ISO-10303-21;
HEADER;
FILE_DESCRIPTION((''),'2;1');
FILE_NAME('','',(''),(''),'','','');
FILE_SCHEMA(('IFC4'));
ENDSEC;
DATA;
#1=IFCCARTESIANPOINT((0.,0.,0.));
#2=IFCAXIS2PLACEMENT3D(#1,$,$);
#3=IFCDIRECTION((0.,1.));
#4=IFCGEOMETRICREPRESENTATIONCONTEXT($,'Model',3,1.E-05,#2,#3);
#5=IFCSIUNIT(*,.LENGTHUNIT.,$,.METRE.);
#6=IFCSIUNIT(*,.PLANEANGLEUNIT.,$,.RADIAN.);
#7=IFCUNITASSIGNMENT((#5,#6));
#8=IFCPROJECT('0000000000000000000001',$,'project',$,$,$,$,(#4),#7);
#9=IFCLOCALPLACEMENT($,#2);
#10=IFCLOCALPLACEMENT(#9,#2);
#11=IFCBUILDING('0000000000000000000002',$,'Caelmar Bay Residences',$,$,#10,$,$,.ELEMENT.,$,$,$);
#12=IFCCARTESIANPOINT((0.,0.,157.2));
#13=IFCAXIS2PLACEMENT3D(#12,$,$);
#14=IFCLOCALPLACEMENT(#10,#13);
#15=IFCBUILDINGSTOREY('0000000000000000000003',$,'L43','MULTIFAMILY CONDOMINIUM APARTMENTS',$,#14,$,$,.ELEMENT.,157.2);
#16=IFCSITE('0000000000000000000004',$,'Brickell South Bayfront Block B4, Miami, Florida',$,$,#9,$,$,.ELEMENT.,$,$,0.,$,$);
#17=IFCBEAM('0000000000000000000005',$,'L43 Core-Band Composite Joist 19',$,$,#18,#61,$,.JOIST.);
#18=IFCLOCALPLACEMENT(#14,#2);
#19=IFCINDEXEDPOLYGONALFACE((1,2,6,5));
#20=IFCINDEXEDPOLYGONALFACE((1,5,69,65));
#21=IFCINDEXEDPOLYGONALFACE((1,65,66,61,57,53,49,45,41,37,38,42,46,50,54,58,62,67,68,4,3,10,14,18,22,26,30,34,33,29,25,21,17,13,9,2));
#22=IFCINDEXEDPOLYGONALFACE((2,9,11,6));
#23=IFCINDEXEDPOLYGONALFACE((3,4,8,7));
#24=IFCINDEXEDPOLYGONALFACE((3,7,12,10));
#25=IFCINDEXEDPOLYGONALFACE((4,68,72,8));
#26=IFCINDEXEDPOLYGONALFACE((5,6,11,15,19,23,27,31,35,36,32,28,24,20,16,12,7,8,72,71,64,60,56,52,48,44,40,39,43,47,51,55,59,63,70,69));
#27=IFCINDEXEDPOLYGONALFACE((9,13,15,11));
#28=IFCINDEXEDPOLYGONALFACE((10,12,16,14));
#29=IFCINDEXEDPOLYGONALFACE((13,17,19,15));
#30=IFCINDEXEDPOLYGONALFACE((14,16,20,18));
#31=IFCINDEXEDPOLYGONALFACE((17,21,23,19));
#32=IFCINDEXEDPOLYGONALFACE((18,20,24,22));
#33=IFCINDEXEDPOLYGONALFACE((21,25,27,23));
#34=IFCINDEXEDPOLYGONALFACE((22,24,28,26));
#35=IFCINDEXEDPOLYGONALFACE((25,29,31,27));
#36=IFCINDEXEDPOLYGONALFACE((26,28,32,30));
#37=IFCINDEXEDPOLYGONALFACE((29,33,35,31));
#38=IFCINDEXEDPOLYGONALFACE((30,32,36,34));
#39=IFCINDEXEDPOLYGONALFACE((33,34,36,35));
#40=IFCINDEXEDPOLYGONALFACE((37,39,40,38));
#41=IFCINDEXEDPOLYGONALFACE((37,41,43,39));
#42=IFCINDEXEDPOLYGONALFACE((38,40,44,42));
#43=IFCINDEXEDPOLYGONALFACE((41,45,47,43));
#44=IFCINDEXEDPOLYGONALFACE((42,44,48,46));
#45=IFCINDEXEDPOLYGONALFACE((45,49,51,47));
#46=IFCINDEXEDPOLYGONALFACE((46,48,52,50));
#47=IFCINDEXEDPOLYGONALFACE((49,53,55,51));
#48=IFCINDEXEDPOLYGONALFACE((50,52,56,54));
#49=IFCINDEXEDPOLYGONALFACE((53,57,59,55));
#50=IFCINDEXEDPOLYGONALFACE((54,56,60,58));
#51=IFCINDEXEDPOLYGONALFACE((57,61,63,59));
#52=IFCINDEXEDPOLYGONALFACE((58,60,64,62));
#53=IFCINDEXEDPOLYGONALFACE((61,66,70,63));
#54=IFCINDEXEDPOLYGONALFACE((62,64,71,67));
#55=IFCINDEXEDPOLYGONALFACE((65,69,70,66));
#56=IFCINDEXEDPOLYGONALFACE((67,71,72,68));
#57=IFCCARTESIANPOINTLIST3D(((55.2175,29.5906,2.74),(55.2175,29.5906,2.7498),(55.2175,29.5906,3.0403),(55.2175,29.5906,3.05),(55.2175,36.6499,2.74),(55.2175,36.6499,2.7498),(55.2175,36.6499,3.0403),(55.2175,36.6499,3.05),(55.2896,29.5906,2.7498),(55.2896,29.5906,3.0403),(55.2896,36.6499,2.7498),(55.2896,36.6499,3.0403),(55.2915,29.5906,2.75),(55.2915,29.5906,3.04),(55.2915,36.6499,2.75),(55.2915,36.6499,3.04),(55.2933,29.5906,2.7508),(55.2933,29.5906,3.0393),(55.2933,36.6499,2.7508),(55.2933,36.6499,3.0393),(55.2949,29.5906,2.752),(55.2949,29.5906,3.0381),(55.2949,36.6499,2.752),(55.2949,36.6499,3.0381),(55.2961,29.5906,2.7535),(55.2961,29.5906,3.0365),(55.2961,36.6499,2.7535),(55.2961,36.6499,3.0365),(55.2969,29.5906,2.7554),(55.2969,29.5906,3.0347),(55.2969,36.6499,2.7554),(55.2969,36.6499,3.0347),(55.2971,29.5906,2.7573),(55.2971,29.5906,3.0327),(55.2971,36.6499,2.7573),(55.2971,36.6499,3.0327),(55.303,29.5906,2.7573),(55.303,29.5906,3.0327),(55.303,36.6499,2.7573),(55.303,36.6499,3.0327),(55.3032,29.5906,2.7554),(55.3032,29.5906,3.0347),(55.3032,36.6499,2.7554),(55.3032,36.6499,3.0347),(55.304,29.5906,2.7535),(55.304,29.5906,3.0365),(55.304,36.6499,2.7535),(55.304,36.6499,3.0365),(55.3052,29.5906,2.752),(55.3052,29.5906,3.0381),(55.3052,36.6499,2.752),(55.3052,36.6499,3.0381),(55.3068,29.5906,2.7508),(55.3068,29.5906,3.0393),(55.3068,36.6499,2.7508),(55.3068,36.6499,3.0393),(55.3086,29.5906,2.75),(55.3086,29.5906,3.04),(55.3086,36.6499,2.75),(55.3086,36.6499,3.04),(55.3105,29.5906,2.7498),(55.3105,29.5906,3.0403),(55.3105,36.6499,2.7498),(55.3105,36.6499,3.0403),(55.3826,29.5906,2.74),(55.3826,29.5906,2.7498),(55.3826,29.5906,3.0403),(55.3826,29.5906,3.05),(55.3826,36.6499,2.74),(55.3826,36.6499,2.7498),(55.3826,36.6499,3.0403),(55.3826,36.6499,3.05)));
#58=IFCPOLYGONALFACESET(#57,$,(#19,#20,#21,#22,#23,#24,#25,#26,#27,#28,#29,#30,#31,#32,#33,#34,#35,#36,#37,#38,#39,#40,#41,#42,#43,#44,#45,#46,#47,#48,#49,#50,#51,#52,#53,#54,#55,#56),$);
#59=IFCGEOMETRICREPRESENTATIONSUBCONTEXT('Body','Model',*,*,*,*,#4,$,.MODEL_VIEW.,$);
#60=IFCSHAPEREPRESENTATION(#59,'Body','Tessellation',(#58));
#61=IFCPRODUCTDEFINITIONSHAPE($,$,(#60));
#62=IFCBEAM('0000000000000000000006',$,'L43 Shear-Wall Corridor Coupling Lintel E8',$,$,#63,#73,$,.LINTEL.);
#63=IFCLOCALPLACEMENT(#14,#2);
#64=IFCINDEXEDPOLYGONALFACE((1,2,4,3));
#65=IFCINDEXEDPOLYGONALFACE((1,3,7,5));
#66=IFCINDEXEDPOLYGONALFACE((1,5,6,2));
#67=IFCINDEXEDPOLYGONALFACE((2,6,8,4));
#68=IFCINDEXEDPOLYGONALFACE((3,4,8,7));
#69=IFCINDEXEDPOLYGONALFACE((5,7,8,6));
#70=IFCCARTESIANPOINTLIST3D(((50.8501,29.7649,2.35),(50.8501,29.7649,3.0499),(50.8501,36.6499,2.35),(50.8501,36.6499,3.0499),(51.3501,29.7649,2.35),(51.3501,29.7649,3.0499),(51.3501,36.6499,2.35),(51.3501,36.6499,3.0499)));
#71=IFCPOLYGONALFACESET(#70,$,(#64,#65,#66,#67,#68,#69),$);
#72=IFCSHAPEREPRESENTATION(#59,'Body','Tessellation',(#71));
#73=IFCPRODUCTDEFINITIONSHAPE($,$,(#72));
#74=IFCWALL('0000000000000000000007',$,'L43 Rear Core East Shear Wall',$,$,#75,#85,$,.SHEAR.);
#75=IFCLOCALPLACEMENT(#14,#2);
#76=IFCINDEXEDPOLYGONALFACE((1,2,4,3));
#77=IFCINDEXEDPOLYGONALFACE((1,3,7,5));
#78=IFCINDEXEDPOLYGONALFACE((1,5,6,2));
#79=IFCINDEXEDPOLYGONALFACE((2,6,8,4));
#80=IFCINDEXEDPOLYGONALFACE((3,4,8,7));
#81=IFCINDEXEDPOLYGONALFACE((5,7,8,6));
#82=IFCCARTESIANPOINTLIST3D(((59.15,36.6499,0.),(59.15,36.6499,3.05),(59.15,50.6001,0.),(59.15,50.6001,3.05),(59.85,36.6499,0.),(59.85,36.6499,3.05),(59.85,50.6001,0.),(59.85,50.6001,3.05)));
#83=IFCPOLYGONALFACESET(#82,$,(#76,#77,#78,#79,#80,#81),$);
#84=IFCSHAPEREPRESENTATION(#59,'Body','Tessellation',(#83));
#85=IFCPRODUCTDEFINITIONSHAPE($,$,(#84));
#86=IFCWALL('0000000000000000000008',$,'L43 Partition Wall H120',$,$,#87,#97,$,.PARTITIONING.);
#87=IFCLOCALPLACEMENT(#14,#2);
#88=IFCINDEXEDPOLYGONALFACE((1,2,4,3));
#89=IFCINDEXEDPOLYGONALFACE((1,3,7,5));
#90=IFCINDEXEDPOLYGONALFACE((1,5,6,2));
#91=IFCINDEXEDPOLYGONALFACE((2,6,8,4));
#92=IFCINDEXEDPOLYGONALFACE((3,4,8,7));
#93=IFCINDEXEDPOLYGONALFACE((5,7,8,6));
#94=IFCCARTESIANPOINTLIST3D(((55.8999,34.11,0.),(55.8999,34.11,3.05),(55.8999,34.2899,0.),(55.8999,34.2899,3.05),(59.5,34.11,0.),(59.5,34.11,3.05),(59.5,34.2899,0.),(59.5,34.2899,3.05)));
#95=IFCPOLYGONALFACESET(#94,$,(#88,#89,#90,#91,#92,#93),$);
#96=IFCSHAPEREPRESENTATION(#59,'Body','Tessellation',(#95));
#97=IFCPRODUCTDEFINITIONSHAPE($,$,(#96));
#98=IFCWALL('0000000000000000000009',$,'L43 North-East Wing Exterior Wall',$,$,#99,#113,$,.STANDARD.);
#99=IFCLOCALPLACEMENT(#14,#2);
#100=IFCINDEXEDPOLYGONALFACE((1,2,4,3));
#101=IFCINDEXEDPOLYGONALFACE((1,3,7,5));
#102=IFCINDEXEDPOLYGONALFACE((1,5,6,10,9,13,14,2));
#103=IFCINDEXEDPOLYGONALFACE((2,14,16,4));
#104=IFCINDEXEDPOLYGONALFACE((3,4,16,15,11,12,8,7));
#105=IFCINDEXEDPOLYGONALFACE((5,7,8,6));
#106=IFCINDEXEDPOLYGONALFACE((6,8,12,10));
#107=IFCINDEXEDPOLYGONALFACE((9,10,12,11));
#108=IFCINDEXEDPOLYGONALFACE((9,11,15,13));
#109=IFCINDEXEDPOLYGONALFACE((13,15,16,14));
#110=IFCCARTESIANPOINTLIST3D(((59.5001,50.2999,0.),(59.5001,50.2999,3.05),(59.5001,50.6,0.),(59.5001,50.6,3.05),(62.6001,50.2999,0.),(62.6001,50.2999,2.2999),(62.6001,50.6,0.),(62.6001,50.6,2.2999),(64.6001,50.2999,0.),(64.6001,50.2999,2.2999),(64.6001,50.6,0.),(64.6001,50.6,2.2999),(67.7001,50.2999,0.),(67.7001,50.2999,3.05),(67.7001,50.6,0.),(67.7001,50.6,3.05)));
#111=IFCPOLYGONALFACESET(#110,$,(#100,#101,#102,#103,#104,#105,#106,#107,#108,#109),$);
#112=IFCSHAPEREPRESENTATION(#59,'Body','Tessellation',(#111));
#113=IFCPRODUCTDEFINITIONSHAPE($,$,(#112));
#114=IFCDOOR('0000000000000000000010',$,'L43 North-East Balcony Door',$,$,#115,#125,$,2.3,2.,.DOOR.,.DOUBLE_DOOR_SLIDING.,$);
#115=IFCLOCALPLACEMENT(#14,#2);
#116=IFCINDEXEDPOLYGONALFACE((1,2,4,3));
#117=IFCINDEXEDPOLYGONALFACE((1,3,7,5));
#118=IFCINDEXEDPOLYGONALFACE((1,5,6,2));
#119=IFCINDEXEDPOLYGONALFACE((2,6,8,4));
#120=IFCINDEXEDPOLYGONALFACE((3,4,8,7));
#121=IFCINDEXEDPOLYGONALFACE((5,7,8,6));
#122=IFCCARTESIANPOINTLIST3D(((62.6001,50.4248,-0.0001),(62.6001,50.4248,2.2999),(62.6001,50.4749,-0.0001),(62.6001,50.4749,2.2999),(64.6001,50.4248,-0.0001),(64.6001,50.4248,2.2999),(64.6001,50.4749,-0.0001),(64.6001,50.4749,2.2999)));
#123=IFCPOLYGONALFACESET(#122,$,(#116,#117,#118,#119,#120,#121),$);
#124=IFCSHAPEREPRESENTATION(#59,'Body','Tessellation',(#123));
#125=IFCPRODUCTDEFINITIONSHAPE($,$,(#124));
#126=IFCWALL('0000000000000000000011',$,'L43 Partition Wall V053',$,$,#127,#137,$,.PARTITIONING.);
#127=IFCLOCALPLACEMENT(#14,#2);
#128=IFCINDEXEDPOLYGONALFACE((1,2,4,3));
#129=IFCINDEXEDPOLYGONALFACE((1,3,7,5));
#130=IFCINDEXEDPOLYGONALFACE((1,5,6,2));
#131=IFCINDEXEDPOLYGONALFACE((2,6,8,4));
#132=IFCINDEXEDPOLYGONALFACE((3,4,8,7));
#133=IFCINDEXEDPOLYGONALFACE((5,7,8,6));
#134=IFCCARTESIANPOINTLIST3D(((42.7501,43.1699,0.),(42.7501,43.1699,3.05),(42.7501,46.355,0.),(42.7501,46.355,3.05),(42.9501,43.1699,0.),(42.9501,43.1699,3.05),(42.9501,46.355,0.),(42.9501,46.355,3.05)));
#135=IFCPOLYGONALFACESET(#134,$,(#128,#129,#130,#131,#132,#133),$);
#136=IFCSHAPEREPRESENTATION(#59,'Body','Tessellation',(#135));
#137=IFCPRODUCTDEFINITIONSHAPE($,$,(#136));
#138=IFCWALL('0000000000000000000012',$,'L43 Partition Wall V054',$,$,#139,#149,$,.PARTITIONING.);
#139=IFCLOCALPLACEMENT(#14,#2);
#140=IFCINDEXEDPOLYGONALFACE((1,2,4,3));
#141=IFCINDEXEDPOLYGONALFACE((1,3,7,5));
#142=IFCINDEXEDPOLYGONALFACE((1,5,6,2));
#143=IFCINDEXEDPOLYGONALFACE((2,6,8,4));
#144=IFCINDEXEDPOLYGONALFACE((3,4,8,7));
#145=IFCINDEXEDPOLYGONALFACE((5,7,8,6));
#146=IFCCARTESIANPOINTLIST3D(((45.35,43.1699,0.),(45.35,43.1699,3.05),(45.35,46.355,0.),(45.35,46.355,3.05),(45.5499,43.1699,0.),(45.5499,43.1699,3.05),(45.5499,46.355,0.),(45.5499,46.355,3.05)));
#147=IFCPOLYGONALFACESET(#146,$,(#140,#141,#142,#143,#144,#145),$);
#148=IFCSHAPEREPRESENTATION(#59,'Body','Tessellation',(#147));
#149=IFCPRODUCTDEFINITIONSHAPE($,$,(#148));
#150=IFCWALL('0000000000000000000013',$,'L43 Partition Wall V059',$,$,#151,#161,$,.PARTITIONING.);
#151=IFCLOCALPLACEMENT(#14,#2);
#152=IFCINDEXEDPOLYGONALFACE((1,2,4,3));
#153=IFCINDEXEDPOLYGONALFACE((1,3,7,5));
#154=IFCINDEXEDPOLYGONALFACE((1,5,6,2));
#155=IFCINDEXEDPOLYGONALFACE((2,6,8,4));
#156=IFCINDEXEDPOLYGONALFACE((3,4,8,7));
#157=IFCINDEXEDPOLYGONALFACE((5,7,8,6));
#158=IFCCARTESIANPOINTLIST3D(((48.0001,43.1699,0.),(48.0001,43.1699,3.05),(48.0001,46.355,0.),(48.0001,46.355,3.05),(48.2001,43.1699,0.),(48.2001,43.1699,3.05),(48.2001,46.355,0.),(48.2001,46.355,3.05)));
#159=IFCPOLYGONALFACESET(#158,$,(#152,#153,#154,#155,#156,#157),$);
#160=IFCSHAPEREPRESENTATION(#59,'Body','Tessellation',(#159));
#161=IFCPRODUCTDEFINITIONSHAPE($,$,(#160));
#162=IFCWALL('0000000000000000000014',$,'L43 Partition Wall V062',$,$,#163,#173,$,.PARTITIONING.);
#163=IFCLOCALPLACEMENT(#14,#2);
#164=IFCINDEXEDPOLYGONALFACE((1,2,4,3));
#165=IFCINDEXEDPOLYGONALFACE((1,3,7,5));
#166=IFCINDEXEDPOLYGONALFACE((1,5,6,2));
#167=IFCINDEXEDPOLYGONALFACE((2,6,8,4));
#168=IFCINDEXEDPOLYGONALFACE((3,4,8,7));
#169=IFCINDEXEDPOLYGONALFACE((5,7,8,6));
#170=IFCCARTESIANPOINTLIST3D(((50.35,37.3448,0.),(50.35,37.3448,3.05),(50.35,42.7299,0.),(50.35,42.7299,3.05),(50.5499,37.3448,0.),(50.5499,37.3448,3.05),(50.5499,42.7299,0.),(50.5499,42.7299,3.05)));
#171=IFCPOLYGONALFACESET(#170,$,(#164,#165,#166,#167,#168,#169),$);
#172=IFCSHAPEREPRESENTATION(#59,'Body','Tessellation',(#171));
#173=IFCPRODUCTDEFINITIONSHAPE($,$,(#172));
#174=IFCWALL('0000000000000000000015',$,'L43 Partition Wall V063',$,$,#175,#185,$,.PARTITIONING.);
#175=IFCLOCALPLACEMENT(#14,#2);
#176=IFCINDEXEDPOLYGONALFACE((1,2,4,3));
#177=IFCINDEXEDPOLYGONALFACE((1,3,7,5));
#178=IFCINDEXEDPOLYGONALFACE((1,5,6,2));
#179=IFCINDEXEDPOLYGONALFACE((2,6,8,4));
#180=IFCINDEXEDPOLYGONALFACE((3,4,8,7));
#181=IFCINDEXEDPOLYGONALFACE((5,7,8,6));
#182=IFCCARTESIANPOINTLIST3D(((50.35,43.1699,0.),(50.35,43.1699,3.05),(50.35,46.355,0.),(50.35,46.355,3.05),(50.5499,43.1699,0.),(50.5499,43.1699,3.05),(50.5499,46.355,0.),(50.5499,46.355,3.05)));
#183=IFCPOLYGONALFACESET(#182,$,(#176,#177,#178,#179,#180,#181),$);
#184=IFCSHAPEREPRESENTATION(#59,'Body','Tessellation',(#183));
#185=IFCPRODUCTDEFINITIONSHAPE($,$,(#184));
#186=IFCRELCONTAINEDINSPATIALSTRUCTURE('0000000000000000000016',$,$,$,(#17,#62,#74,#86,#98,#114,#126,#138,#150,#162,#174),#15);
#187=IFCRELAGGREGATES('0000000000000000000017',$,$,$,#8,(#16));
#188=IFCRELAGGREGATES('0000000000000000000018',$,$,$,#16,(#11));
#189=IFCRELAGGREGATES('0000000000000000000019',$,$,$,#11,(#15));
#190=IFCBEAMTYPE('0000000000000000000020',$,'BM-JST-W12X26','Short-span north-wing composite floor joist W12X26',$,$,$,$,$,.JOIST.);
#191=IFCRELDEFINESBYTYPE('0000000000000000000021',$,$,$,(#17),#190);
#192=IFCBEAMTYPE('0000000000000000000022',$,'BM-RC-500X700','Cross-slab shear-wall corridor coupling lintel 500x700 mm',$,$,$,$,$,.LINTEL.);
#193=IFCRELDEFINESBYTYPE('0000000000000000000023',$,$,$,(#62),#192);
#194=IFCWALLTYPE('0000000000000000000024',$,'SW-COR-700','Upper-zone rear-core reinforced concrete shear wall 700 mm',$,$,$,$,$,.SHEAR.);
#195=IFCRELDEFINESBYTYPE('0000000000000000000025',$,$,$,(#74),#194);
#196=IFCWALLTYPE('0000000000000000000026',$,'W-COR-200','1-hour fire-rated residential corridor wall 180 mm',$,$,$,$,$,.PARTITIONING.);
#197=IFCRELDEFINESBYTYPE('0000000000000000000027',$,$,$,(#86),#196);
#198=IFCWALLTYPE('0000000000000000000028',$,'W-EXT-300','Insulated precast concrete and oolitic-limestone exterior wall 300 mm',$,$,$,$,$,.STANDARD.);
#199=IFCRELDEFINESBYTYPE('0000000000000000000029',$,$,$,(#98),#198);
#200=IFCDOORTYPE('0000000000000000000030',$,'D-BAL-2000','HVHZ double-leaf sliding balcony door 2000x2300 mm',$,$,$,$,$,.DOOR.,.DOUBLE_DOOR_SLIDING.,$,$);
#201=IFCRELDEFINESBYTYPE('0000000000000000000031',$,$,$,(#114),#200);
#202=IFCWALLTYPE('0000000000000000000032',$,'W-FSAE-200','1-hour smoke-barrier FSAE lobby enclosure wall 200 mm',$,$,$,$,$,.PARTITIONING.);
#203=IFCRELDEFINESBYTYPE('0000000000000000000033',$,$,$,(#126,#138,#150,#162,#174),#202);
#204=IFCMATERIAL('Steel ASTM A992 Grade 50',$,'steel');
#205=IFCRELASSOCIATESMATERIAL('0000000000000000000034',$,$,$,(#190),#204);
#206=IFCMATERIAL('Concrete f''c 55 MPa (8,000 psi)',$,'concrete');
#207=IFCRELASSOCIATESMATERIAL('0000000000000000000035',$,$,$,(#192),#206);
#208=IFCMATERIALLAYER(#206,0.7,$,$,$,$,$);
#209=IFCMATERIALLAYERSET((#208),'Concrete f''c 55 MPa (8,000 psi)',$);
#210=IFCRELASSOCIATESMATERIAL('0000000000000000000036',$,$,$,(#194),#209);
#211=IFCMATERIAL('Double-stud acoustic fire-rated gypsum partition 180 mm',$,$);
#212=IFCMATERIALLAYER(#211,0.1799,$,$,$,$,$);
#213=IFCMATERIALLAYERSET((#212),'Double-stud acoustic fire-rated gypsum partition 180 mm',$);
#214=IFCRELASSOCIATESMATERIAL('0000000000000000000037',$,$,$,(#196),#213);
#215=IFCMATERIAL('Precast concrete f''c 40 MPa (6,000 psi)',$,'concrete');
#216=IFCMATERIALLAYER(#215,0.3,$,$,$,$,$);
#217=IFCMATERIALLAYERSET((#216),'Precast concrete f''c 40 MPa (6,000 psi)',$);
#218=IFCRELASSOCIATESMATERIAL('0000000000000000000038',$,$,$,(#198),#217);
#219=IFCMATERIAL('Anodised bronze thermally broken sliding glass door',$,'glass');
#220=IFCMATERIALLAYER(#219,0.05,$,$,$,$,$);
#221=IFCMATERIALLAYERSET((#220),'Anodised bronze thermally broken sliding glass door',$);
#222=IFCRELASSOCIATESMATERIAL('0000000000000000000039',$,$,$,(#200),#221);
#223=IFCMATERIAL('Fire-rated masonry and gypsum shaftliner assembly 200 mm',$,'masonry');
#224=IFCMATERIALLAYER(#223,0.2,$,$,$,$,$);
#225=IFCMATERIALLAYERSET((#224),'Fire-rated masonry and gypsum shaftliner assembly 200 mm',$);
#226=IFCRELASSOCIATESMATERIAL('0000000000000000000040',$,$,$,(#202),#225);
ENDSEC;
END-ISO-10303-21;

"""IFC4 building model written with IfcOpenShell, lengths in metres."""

from ifc_helpers import new_model, si_unit, direction, frame, frame_2d, origin, origin_2d, place, context, subcontext, project, spatial, rectangle, i_section, extrude, material, layer, layer_set, material_profile, profile_set, type_object, element, fill, save


model = new_model("IFC4")

# Units and contexts
model_context = context("Model", 3, precision=1e-05, world=origin(), true_north=direction((0.0, 1.0)))
body_context = subcontext(model_context, "Body", "Model", "MODEL_VIEW")
ifc_project = project(units=[si_unit("LENGTHUNIT", "METRE"), si_unit("PLANEANGLEUNIT", "RADIAN")], contexts=[model_context])

# Site, building, storey
site_placement = place(None, origin())
site = spatial("IfcSite", under=ifc_project, at=site_placement, Name="Brickell South Bayfront Block B4, Miami, Florida", CompositionType="ELEMENT", RefElevation=0.0)
building_placement = place(site_placement, origin())
building = spatial("IfcBuilding", under=site, at=building_placement, Name="Caelmar Bay Residences", CompositionType="ELEMENT")
storey_placement = place(building_placement, frame((0.0, 0.0, 157.2)))
storey = spatial("IfcBuildingStorey", under=building, at=storey_placement, Name="L43", Description="MULTIFAMILY CONDOMINIUM APARTMENTS", CompositionType="ELEMENT", Elevation=157.2)

# Beams
ifc_material_1 = material(Name="Steel ASTM A992 Grade 50", Category="steel")
ifc_material_profile_1 = material_profile(ifc_material_1, i_section(OverallWidth=0.165, OverallDepth=0.3101, WebThickness=0.0059, FlangeThickness=0.0098, FilletRadius=0.0076, at=origin_2d()), Name="W12X26")
ifc_profile_set_1 = profile_set([ifc_material_profile_1], Name="Steel ASTM A992 Grade 50")
beam_type_1 = type_object("IfcBeamType", Name="BM-JST-W12X26", Description="Short-span north-wing composite floor joist W12X26", PredefinedType="JOIST", material=ifc_profile_set_1)
for number, where, z_axis, x_axis, name in (
    (1, (55.3, 29.5906, 2.895), (0.0, 1.0, 0.0), (-1.0, 0.0, 0.0), "L43 Core-Band Composite Joist 19"),
):
    element("IfcBeam", number, at=place(storey_placement, frame(where, z_axis=z_axis, x_axis=x_axis)), inside=storey, type_object=beam_type_1, Name=name, PredefinedType="JOIST", context=body_context, shape_type="SweptSolid", body=[
        extrude(i_section(OverallWidth=0.165, OverallDepth=0.3101, WebThickness=0.0059, FlangeThickness=0.0098, FilletRadius=0.0076, at=origin_2d()), origin(), (0.0, 0.0, 1.0), 7.0593),
    ])
ifc_material_2 = material(Name="Concrete f'c 55 MPa (8,000 psi)", Category="concrete")
ifc_material_profile_2 = material_profile(ifc_material_2, rectangle(XDim=0.5, YDim=0.7, at=origin_2d()), Name="RC-BM-500X700")
ifc_profile_set_2 = profile_set([ifc_material_profile_2], Name="Concrete f'c 55 MPa (8,000 psi)")
beam_type_2 = type_object("IfcBeamType", Name="BM-RC-500X700", Description="Cross-slab shear-wall corridor coupling lintel 500x700 mm", PredefinedType="LINTEL", material=ifc_profile_set_2)
beam_placement = place(storey_placement, frame((51.1001, 29.7649, 2.7), z_axis=(0.0, 1.0, 0.0), x_axis=(-1.0, 0.0, 0.0)))
element("IfcBeam", 2, at=beam_placement, inside=storey, type_object=beam_type_2, Name="L43 Shear-Wall Corridor Coupling Lintel E8", PredefinedType="LINTEL", context=body_context, shape_type="SweptSolid", body=[
    extrude(rectangle(XDim=0.5, YDim=0.7, at=origin_2d()), origin(), (0.0, 0.0, 1.0), 6.885),
])

# Wall
ifc_layer_1 = layer(ifc_material_2, 0.7)
ifc_layer_set_1 = layer_set([ifc_layer_1], Name="Concrete f'c 55 MPa (8,000 psi)")
wall_type_1 = type_object("IfcWallType", Name="SW-COR-700", Description="Upper-zone rear-core reinforced concrete shear wall 700 mm", PredefinedType="SHEAR", material=ifc_layer_set_1)
wall_1_placement = place(storey_placement, frame((59.5, 36.6499, 0.0), z_axis=(0.0, 0.0, 1.0), x_axis=(0.0, 1.0, 0.0)))
element("IfcWall", 3, at=wall_1_placement, inside=storey, type_object=wall_type_1, Name="L43 Rear Core East Shear Wall", PredefinedType="SHEAR", context=body_context, shape_type="SweptSolid", body=[
    extrude(rectangle(XDim=13.9502, YDim=0.7, at=frame_2d((6.9751, 0.0))), origin(), (0.0, 0.0, 1.0), 3.05),
])

# Wall
ifc_material_3 = material(Name="Double-stud acoustic fire-rated gypsum partition 180 mm")
ifc_layer_2 = layer(ifc_material_3, 0.1799)
ifc_layer_set_2 = layer_set([ifc_layer_2], Name="Double-stud acoustic fire-rated gypsum partition 180 mm")
wall_type_2 = type_object("IfcWallType", Name="W-COR-200", Description="1-hour fire-rated residential corridor wall 180 mm", PredefinedType="PARTITIONING", material=ifc_layer_set_2)
wall_2_placement = place(storey_placement, frame((55.8999, 34.2, 0.0), z_axis=(0.0, 0.0, 1.0), x_axis=(1.0, 0.0, 0.0)))
element("IfcWall", 4, at=wall_2_placement, inside=storey, type_object=wall_type_2, Name="L43 Partition Wall H120", PredefinedType="PARTITIONING", context=body_context, shape_type="SweptSolid", body=[
    extrude(rectangle(XDim=3.6001, YDim=0.1799, at=frame_2d((1.8, 0.0))), origin(), (0.0, 0.0, 1.0), 3.05),
])

# Wall, opening, door
ifc_material_4 = material(Name="Precast concrete f'c 40 MPa (6,000 psi)", Category="concrete")
ifc_layer_3 = layer(ifc_material_4, 0.3)
ifc_layer_set_3 = layer_set([ifc_layer_3], Name="Precast concrete f'c 40 MPa (6,000 psi)")
wall_type_3 = type_object("IfcWallType", Name="W-EXT-300", Description="Insulated precast concrete and oolitic-limestone exterior wall 300 mm", PredefinedType="STANDARD", material=ifc_layer_set_3)
wall_3_placement = place(storey_placement, frame((59.5, 50.45, 0.0), z_axis=(0.0, 0.0, 1.0), x_axis=(1.0, 0.0, 0.0)))
wall_3 = element("IfcWall", 5, at=wall_3_placement, inside=storey, type_object=wall_type_3, Name="L43 North-East Wing Exterior Wall", PredefinedType="STANDARD", context=body_context, shape_type="SweptSolid", body=[
    extrude(rectangle(XDim=8.2, YDim=0.3, at=frame_2d((4.1001, 0.0))), origin(), (0.0, 0.0, 1.0), 3.05),
])
opening_1_placement = place(wall_3_placement, frame((3.1001, 0.0, 0.0)))
opening_1 = element("IfcOpeningElement", 6, at=opening_1_placement, cuts=wall_3, PredefinedType="OPENING", context=body_context, shape_type="SweptSolid", body=[
    extrude(rectangle(XDim=2.0, YDim=2.3, at=frame_2d((1.0, 1.1499))), frame((0.0, 0.1599, 0.0), z_axis=(0.0, -1.0, 0.0), x_axis=(1.0, 0.0, 0.0)), (0.0, 0.0, 1.0), 0.3201),
])
ifc_material_5 = material(Name="Anodised bronze thermally broken sliding glass door", Category="glass")
ifc_layer_4 = layer(ifc_material_5, 0.05)
ifc_layer_set_4 = layer_set([ifc_layer_4], Name="Anodised bronze thermally broken sliding glass door")
door_type_1 = type_object("IfcDoorType", Name="D-BAL-2000", Description="HVHZ double-leaf sliding balcony door 2000x2300 mm", OperationType="DOUBLE_DOOR_SLIDING", PredefinedType="DOOR", material=ifc_layer_set_4)
door_1_placement = place(opening_1_placement, origin())
door_1 = element("IfcDoor", 7, at=door_1_placement, inside=storey, type_object=door_type_1, Name="L43 North-East Balcony Door", OperationType="DOUBLE_DOOR_SLIDING", OverallHeight=2.3, OverallWidth=2.0, PredefinedType="DOOR", context=body_context, shape_type="SweptSolid", body=[
    extrude(rectangle(XDim=2.0, YDim=2.3, at=frame_2d((1.0, 1.1499))), frame((0.0, 0.0249, 0.0), z_axis=(0.0, -1.0, 0.0), x_axis=(1.0, 0.0, 0.0)), (0.0, 0.0, 1.0), 0.05),
])
fill(opening_1, door_1)

# Walls
ifc_material_6 = material(Name="Fire-rated masonry and gypsum shaftliner assembly 200 mm", Category="masonry")
ifc_layer_5 = layer(ifc_material_6, 0.2)
ifc_layer_set_5 = layer_set([ifc_layer_5], Name="Fire-rated masonry and gypsum shaftliner assembly 200 mm")
wall_type_4 = type_object("IfcWallType", Name="W-FSAE-200", Description="1-hour smoke-barrier FSAE lobby enclosure wall 200 mm", PredefinedType="PARTITIONING", material=ifc_layer_set_5)
for number, where, z_axis, x_axis, name in (
    (8, (42.8501, 43.1699, 0.0), (0.0, 0.0, 1.0), (0.0, 1.0, 0.0), "L43 Partition Wall V053"),
    (9, (45.45, 43.1699, 0.0), (0.0, 0.0, 1.0), (0.0, 1.0, 0.0), "L43 Partition Wall V054"),
    (10, (48.1001, 43.1699, 0.0), (0.0, 0.0, 1.0), (0.0, 1.0, 0.0), "L43 Partition Wall V059"),
):
    element("IfcWall", number, at=place(storey_placement, frame(where, z_axis=z_axis, x_axis=x_axis)), inside=storey, type_object=wall_type_4, Name=name, PredefinedType="PARTITIONING", context=body_context, shape_type="SweptSolid", body=[
        extrude(rectangle(XDim=3.1851, YDim=0.2, at=frame_2d((1.5925, 0.0))), origin(), (0.0, 0.0, 1.0), 3.05),
    ])
wall_4_placement = place(storey_placement, frame((50.45, 37.345, 0.0), z_axis=(0.0, 0.0, 1.0), x_axis=(0.0, 1.0, 0.0)))
element("IfcWall", 11, at=wall_4_placement, inside=storey, type_object=wall_type_4, Name="L43 Partition Wall V062", PredefinedType="PARTITIONING", context=body_context, shape_type="SweptSolid", body=[
    extrude(rectangle(XDim=5.385, YDim=0.2, at=frame_2d((2.6924, 0.0))), origin(), (0.0, 0.0, 1.0), 3.05),
])
for number, where, z_axis, x_axis, name in (
    (12, (50.45, 43.1699, 0.0), (0.0, 0.0, 1.0), (0.0, 1.0, 0.0), "L43 Partition Wall V063"),
):
    element("IfcWall", number, at=place(storey_placement, frame(where, z_axis=z_axis, x_axis=x_axis)), inside=storey, type_object=wall_type_4, Name=name, PredefinedType="PARTITIONING", context=body_context, shape_type="SweptSolid", body=[
        extrude(rectangle(XDim=3.1851, YDim=0.2, at=frame_2d((1.5925, 0.0))), origin(), (0.0, 0.0, 1.0), 3.05),
    ])

save(model, "model.ifc")
